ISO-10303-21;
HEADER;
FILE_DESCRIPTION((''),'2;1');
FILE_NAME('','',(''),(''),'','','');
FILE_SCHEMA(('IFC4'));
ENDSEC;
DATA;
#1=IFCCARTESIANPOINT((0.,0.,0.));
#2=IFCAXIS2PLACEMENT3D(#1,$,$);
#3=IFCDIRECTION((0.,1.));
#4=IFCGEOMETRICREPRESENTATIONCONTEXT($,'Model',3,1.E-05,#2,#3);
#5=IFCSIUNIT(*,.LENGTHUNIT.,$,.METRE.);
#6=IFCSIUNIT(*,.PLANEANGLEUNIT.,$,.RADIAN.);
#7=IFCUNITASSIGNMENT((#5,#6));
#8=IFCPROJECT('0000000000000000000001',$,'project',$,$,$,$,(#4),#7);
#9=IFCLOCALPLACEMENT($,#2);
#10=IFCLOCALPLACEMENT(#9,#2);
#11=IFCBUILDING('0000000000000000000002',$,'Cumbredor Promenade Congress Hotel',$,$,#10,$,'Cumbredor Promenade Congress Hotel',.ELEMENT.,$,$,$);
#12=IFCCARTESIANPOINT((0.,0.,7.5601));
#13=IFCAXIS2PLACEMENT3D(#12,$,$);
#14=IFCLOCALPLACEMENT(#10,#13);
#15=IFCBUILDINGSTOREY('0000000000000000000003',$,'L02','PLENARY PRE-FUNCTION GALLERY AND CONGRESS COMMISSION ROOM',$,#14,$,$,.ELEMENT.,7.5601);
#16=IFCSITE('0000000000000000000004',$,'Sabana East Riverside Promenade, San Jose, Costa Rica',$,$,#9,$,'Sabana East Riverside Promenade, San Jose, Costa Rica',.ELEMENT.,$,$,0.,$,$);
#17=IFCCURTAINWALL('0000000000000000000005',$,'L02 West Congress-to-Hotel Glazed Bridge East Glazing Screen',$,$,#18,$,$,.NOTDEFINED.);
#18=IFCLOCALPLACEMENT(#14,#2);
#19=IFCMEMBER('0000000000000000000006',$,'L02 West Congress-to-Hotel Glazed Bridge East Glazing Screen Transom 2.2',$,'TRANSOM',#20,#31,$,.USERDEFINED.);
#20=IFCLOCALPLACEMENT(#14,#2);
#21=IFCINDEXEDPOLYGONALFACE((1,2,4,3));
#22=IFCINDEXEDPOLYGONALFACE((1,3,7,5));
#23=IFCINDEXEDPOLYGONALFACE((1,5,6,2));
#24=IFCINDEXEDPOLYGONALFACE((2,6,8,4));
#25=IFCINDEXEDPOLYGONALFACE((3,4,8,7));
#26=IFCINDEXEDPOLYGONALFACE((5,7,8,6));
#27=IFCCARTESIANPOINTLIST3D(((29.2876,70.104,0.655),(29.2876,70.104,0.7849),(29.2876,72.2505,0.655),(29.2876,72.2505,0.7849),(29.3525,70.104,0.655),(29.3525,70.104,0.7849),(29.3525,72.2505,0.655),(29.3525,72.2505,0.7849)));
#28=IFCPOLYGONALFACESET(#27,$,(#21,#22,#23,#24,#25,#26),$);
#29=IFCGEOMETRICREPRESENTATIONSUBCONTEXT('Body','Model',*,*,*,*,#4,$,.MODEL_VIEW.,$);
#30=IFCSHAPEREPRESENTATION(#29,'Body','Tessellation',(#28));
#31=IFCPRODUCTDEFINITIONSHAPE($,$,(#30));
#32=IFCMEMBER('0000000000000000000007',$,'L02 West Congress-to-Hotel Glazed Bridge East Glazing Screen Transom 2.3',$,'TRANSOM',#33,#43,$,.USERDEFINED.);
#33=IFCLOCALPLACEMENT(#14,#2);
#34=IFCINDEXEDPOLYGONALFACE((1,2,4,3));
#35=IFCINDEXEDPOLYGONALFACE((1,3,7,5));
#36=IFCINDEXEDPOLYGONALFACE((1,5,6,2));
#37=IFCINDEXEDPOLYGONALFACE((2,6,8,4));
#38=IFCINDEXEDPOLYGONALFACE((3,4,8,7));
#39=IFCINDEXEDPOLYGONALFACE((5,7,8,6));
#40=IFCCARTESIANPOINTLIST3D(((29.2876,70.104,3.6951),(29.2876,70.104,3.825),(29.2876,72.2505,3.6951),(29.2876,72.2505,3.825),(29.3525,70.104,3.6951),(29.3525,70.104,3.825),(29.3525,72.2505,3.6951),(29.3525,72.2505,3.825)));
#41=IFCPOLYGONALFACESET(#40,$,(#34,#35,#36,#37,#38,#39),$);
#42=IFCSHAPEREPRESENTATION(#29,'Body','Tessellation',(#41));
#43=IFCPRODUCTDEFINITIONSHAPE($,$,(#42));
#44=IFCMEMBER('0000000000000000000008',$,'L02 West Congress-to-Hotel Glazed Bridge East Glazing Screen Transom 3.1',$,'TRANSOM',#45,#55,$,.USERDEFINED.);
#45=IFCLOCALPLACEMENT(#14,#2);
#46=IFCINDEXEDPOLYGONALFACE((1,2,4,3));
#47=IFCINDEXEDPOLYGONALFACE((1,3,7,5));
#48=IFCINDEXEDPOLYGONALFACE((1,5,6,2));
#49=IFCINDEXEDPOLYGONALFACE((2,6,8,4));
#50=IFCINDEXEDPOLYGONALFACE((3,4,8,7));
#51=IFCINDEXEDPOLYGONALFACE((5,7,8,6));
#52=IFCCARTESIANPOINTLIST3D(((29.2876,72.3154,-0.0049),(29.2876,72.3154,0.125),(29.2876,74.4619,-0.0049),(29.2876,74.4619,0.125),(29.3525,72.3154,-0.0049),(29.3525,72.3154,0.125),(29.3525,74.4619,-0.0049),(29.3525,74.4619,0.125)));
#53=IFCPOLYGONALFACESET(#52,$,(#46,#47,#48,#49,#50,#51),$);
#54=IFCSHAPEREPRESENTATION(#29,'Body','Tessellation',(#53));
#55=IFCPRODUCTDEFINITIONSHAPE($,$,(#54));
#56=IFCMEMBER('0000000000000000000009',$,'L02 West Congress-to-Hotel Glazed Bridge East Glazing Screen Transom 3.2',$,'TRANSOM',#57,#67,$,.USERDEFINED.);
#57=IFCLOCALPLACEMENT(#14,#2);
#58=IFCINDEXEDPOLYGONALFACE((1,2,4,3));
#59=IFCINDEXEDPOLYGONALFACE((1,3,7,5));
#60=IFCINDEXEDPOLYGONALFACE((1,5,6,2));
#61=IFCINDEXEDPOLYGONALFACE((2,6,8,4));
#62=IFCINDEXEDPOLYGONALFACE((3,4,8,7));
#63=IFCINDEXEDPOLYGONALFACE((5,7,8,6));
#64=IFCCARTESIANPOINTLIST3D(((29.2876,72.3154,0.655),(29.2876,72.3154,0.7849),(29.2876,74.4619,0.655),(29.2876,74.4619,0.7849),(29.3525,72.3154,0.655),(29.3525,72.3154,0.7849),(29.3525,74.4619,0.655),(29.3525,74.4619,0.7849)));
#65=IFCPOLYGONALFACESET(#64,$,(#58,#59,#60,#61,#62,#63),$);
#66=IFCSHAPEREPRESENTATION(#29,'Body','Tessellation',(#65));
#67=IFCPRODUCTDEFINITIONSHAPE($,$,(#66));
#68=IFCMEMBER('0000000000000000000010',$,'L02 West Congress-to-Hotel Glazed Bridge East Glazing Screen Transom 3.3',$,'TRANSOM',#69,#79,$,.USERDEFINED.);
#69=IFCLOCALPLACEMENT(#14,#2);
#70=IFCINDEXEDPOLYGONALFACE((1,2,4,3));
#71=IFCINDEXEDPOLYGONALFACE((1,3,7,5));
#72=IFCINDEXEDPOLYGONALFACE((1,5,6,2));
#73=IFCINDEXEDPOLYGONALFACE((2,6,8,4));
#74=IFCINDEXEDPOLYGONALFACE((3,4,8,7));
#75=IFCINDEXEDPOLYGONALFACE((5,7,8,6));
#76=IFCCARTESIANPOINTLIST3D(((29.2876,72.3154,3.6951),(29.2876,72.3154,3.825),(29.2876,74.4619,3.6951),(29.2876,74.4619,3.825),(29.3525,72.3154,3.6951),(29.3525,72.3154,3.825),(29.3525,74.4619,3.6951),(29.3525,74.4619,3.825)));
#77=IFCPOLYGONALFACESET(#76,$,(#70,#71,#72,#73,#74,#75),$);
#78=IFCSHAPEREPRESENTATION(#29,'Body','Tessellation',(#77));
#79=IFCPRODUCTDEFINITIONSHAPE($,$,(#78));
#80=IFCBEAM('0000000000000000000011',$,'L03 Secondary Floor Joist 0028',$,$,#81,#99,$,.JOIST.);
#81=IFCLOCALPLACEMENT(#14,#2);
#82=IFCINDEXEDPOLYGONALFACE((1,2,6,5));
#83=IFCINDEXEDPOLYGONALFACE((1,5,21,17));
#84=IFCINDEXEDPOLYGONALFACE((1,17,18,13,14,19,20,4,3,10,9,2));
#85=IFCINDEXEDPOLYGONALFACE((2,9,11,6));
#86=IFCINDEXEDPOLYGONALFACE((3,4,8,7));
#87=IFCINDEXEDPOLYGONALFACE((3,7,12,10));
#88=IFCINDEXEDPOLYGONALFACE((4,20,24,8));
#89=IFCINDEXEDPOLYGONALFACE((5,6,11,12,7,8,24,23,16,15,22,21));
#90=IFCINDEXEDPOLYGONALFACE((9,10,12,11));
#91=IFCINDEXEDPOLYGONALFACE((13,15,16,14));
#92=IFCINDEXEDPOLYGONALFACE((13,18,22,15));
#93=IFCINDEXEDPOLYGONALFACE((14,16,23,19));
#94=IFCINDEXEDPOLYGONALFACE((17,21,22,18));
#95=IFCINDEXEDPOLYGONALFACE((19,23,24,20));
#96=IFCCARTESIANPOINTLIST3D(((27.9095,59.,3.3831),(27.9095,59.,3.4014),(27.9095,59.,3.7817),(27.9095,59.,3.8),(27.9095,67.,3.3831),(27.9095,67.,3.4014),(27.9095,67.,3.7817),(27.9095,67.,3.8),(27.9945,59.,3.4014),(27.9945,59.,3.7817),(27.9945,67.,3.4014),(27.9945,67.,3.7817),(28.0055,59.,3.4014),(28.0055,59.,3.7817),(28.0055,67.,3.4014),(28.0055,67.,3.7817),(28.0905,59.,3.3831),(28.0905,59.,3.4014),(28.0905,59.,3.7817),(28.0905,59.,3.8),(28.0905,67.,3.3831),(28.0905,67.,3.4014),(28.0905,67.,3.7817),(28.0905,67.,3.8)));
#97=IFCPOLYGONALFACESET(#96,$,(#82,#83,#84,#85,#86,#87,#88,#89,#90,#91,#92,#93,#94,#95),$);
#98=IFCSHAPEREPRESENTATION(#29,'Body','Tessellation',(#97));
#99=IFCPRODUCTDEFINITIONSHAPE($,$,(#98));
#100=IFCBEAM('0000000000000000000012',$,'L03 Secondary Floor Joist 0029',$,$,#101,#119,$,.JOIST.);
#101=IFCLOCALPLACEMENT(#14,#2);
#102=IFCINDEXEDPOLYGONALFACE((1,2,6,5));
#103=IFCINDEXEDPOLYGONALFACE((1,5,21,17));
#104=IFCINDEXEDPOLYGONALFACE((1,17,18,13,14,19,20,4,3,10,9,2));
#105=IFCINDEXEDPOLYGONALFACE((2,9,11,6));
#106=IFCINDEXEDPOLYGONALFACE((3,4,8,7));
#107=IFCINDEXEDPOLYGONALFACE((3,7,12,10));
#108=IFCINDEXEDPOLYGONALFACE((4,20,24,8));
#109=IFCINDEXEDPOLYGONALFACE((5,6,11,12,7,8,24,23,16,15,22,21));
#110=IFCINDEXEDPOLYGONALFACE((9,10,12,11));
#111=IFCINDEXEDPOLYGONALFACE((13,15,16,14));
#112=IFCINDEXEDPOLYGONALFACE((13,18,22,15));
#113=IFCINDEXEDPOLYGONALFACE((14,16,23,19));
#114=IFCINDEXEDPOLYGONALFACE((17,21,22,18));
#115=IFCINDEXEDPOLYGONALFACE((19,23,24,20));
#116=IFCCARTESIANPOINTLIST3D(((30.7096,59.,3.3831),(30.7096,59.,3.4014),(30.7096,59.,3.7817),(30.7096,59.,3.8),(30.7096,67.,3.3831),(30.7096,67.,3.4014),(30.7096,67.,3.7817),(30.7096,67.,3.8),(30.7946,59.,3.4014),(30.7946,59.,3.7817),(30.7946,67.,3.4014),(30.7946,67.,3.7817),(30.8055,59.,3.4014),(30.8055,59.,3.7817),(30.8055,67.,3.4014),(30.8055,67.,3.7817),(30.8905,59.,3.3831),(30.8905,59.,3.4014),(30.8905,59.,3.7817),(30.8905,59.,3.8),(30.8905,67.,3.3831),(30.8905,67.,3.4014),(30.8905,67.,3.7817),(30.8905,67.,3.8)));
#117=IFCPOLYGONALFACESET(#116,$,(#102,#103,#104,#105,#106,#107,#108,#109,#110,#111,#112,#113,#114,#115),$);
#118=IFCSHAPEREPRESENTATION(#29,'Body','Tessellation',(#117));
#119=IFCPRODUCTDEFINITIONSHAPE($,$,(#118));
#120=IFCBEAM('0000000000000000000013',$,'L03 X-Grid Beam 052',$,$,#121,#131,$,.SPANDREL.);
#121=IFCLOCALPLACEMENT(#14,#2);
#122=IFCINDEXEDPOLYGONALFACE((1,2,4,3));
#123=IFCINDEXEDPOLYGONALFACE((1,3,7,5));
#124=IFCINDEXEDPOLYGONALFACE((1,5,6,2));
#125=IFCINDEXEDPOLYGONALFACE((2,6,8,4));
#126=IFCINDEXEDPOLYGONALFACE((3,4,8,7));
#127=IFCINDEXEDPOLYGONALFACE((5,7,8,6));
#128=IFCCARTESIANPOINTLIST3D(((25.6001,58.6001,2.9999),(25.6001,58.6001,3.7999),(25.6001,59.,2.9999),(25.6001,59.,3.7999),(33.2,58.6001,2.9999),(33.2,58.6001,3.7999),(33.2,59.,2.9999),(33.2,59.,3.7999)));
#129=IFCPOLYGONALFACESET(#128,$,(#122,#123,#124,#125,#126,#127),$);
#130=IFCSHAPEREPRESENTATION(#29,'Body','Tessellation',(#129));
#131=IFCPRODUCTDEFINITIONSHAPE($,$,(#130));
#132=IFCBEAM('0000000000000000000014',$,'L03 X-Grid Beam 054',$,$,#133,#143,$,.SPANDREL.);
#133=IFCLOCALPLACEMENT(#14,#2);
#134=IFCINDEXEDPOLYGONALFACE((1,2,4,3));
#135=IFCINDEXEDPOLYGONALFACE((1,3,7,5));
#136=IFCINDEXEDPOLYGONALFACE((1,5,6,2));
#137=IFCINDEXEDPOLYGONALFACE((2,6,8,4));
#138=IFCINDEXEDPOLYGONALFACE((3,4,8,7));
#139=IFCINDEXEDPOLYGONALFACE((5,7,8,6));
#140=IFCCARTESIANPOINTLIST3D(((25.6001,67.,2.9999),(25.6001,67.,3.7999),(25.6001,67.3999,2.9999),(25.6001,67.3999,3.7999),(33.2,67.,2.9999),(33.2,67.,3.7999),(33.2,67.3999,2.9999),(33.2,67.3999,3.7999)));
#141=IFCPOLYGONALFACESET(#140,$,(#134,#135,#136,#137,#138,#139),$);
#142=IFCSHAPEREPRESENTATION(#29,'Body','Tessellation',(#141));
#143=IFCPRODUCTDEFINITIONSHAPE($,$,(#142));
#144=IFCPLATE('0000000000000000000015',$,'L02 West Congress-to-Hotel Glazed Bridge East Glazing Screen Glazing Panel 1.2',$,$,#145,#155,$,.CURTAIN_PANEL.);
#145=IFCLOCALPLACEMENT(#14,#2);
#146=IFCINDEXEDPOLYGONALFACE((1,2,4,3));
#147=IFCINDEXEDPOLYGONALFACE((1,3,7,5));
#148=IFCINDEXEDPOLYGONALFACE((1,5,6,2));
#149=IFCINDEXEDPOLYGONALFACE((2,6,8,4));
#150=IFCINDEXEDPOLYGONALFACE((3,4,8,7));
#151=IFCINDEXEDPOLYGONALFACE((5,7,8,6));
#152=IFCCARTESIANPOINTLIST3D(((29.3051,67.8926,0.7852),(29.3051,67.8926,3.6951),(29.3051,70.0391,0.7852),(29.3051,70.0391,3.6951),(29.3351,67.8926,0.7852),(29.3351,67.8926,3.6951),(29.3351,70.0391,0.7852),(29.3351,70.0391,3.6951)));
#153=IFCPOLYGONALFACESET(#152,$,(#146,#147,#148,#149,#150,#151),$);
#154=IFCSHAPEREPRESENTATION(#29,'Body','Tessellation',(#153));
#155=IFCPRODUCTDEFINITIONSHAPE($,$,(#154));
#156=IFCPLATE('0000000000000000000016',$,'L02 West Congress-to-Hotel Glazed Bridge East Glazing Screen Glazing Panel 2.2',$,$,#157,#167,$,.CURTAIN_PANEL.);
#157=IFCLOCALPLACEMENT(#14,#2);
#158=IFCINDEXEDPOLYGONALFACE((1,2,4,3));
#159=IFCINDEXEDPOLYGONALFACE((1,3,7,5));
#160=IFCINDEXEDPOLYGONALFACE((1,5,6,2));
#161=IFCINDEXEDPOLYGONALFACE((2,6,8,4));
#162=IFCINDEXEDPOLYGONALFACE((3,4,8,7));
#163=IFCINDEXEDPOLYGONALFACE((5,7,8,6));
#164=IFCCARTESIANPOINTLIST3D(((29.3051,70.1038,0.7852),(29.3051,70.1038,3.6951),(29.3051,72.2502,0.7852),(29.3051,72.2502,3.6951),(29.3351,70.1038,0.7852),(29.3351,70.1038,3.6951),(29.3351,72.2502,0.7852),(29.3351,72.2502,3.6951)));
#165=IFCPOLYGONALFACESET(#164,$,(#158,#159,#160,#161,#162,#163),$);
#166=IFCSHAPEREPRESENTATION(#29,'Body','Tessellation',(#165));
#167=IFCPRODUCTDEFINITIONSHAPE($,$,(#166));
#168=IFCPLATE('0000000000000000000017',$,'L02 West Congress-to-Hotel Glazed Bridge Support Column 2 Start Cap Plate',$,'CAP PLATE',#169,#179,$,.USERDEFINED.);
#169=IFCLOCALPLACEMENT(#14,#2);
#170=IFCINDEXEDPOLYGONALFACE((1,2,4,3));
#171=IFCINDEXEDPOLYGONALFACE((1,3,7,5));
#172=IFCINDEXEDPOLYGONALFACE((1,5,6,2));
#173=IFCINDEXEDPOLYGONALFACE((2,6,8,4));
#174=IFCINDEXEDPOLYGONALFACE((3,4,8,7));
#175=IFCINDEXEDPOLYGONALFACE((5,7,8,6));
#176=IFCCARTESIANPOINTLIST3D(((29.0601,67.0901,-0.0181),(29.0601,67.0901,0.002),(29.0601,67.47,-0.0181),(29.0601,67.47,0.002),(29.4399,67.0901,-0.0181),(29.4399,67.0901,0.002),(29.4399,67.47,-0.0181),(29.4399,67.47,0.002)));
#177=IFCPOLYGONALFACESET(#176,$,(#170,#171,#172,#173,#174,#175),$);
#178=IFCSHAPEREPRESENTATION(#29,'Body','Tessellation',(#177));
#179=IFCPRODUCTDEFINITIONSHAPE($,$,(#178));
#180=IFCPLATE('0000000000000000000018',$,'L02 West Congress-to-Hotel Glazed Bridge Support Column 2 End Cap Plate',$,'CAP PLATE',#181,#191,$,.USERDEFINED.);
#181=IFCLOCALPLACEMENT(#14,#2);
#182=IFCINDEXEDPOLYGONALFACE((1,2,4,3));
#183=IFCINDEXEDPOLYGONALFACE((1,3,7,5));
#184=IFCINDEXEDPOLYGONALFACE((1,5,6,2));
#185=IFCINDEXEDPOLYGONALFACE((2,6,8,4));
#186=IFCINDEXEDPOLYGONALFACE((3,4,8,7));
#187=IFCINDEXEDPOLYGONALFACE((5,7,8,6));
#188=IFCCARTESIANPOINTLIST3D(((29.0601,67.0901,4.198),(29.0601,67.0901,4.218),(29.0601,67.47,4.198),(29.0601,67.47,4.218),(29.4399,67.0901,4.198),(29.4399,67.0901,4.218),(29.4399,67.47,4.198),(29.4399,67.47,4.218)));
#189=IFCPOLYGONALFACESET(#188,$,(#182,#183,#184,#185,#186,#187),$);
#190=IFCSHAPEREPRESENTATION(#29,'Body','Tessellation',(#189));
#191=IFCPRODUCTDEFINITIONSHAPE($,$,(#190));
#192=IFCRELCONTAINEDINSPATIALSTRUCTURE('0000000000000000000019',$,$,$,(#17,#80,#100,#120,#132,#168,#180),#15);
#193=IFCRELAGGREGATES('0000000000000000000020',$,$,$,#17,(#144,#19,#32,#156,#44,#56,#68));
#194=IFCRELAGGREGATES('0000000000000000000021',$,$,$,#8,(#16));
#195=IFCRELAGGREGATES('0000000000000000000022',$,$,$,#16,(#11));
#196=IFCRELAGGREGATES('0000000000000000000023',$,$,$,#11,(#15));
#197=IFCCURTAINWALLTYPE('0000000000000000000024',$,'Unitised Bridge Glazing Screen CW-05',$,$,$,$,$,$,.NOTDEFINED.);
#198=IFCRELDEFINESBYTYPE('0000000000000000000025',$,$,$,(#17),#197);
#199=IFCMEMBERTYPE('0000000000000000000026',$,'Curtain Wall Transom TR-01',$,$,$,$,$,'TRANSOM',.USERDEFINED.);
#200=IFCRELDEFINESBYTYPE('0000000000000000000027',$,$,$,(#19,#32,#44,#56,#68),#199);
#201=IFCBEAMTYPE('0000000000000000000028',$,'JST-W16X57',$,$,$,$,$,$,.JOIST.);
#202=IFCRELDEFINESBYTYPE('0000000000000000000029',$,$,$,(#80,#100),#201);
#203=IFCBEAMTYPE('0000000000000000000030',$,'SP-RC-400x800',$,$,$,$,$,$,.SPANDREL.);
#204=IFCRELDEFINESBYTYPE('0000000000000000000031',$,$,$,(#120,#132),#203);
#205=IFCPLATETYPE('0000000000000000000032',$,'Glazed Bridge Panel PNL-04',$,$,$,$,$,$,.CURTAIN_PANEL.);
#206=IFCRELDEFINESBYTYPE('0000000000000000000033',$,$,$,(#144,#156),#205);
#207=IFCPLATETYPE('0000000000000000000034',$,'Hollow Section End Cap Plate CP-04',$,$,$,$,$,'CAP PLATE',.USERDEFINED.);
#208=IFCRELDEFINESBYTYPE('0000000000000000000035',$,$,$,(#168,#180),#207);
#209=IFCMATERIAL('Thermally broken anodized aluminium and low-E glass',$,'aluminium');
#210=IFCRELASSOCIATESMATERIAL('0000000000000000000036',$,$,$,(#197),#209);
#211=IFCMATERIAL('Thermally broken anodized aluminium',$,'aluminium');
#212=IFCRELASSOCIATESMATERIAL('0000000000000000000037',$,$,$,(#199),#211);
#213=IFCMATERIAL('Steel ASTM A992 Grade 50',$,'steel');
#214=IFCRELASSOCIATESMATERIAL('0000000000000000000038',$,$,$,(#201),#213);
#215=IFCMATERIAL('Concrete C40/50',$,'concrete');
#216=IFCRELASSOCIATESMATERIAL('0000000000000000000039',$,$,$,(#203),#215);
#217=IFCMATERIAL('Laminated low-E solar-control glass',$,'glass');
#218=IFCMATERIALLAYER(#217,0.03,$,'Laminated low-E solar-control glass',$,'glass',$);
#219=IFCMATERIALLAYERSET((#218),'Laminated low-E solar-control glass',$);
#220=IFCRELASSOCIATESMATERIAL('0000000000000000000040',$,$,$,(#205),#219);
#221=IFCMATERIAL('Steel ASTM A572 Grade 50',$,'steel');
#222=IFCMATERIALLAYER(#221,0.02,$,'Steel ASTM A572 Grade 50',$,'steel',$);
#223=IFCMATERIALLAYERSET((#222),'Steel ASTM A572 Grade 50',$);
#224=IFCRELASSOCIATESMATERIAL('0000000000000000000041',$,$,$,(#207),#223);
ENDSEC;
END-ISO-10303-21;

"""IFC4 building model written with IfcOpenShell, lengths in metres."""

from ifc_helpers import new_model, si_unit, direction, frame, origin, origin_2d, place, context, subcontext, project, spatial, rectangle, i_section, extrude, material, layer, layer_set, material_profile, profile_set, type_object, element, aggregate, save


model = new_model("IFC4")

# Units and contexts
model_context = context("Model", 3, precision=1e-05, world=origin(), true_north=direction((0.0, 1.0)))
body_context = subcontext(model_context, "Body", "Model", "MODEL_VIEW")
ifc_project = project(units=[si_unit("LENGTHUNIT", "METRE"), si_unit("PLANEANGLEUNIT", "RADIAN")], contexts=[model_context])

# Site, building, storey
site_placement = place(None, origin())
site = spatial("IfcSite", under=ifc_project, at=site_placement, Name="Sabana East Riverside Promenade, San Jose, Costa Rica", LongName="Sabana East Riverside Promenade, San Jose, Costa Rica", CompositionType="ELEMENT", RefElevation=0.0)
building_placement = place(site_placement, origin())
building = spatial("IfcBuilding", under=site, at=building_placement, Name="Cumbredor Promenade Congress Hotel", LongName="Cumbredor Promenade Congress Hotel", CompositionType="ELEMENT")
storey_placement = place(building_placement, frame((0.0, 0.0, 7.5601)))
storey = spatial("IfcBuildingStorey", under=building, at=storey_placement, Name="L02", Description="PLENARY PRE-FUNCTION GALLERY AND CONGRESS COMMISSION ROOM", CompositionType="ELEMENT", Elevation=7.5601)

# Shared definitions
ifc_material_1 = material(Name="Concrete C40/50", Category="concrete")
ifc_material_2 = material(Name="Steel ASTM A992 Grade 50", Category="steel")

# Curtain wall, members
ifc_material_3 = material(Name="Thermally broken anodized aluminium and low-E glass", Category="aluminium")
curtain_wall_type = type_object("IfcCurtainWallType", Name="Unitised Bridge Glazing Screen CW-05", PredefinedType="NOTDEFINED", material=ifc_material_3)
curtain_wall_placement = place(storey_placement, origin())
curtain_wall = element("IfcCurtainWall", 1, at=curtain_wall_placement, inside=storey, type_object=curtain_wall_type, Name="L02 West Congress-to-Hotel Glazed Bridge East Glazing Screen", PredefinedType="NOTDEFINED")
ifc_material_4 = material(Name="Thermally broken anodized aluminium", Category="aluminium")
ifc_material_profile_1 = material_profile(ifc_material_4, rectangle(XDim=0.0649, YDim=0.1299, at=origin_2d()), Name="ALU TRANSOM 65x130")
ifc_profile_set_1 = profile_set([ifc_material_profile_1], Name="Thermally broken anodized aluminium")
member_type_1 = type_object("IfcMemberType", Name="Curtain Wall Transom TR-01", ElementType="TRANSOM", PredefinedType="USERDEFINED", material=ifc_profile_set_1)
member_1_placement = place(storey_placement, frame((29.3201, 70.104, 0.72), z_axis=(0.0, 1.0, 0.0), x_axis=(-1.0, 0.0, 0.0)))
member_1 = element("IfcMember", 2, at=member_1_placement, type_object=member_type_1, Name="L02 West Congress-to-Hotel Glazed Bridge East Glazing Screen Transom 2.2", ObjectType="TRANSOM", PredefinedType="USERDEFINED", context=body_context, shape_type="SweptSolid", body=[
    extrude(rectangle(XDim=0.0649, YDim=0.1299, at=origin_2d()), origin(), (0.0, 0.0, 1.0), 2.1465),
])
member_2_placement = place(storey_placement, frame((29.3201, 70.104, 3.76), z_axis=(0.0, 1.0, 0.0), x_axis=(-1.0, 0.0, 0.0)))
member_2 = element("IfcMember", 3, at=member_2_placement, type_object=member_type_1, Name="L02 West Congress-to-Hotel Glazed Bridge East Glazing Screen Transom 2.3", ObjectType="TRANSOM", PredefinedType="USERDEFINED", context=body_context, shape_type="SweptSolid", body=[
    extrude(rectangle(XDim=0.0649, YDim=0.1299, at=origin_2d()), origin(), (0.0, 0.0, 1.0), 2.1465),
])
member_3_placement = place(storey_placement, frame((29.3201, 72.3154, 0.0601), z_axis=(0.0, 1.0, 0.0), x_axis=(-1.0, 0.0, 0.0)))
member_3 = element("IfcMember", 4, at=member_3_placement, type_object=member_type_1, Name="L02 West Congress-to-Hotel Glazed Bridge East Glazing Screen Transom 3.1", ObjectType="TRANSOM", PredefinedType="USERDEFINED", context=body_context, shape_type="SweptSolid", body=[
    extrude(rectangle(XDim=0.0649, YDim=0.1299, at=origin_2d()), origin(), (0.0, 0.0, 1.0), 2.1465),
])
member_4_placement = place(storey_placement, frame((29.3201, 72.3154, 0.72), z_axis=(0.0, 1.0, 0.0), x_axis=(-1.0, 0.0, 0.0)))
member_4 = element("IfcMember", 5, at=member_4_placement, type_object=member_type_1, Name="L02 West Congress-to-Hotel Glazed Bridge East Glazing Screen Transom 3.2", ObjectType="TRANSOM", PredefinedType="USERDEFINED", context=body_context, shape_type="SweptSolid", body=[
    extrude(rectangle(XDim=0.0649, YDim=0.1299, at=origin_2d()), origin(), (0.0, 0.0, 1.0), 2.1465),
])
member_5_placement = place(storey_placement, frame((29.3201, 72.3154, 3.76), z_axis=(0.0, 1.0, 0.0), x_axis=(-1.0, 0.0, 0.0)))
member_5 = element("IfcMember", 6, at=member_5_placement, type_object=member_type_1, Name="L02 West Congress-to-Hotel Glazed Bridge East Glazing Screen Transom 3.3", ObjectType="TRANSOM", PredefinedType="USERDEFINED", context=body_context, shape_type="SweptSolid", body=[
    extrude(rectangle(XDim=0.0649, YDim=0.1299, at=origin_2d()), origin(), (0.0, 0.0, 1.0), 2.1465),
])

# Beams
ifc_material_profile_2 = material_profile(ifc_material_2, i_section(OverallWidth=0.1809, OverallDepth=0.417, WebThickness=0.011, FlangeThickness=0.0183, at=origin_2d()), Name="W16X57")
ifc_profile_set_2 = profile_set([ifc_material_profile_2], Name="Steel ASTM A992 Grade 50")
beam_type_1 = type_object("IfcBeamType", Name="JST-W16X57", PredefinedType="JOIST", material=ifc_profile_set_2)
for number, where, z_axis, x_axis, name in (
    (7, (28.0, 59.0, 3.5916), (0.0, 1.0, 0.0), (-1.0, 0.0, 0.0), "L03 Secondary Floor Joist 0028"),
    (8, (30.8, 59.0, 3.5916), (0.0, 1.0, 0.0), (-1.0, 0.0, 0.0), "L03 Secondary Floor Joist 0029"),
):
    element("IfcBeam", number, at=place(storey_placement, frame(where, z_axis=z_axis, x_axis=x_axis)), inside=storey, type_object=beam_type_1, Name=name, PredefinedType="JOIST", context=body_context, shape_type="SweptSolid", body=[
        extrude(i_section(OverallWidth=0.1809, OverallDepth=0.417, WebThickness=0.011, FlangeThickness=0.0183, at=origin_2d()), origin(), (0.0, 0.0, 1.0), 8.0),
    ])
ifc_material_profile_3 = material_profile(ifc_material_1, rectangle(XDim=0.3999, YDim=0.8, at=origin_2d()), Name="RC SPANDREL 400x800")
ifc_profile_set_3 = profile_set([ifc_material_profile_3], Name="Concrete C40/50")
beam_type_2 = type_object("IfcBeamType", Name="SP-RC-400x800", PredefinedType="SPANDREL", material=ifc_profile_set_3)
for number, where, z_axis, x_axis, name in (
    (9, (25.6001, 58.8, 3.3999), (1.0, 0.0, 0.0), (0.0, 1.0, 0.0), "L03 X-Grid Beam 052"),
    (10, (25.6001, 67.2, 3.3999), (1.0, 0.0, 0.0), (0.0, 1.0, 0.0), "L03 X-Grid Beam 054"),
):
    element("IfcBeam", number, at=place(storey_placement, frame(where, z_axis=z_axis, x_axis=x_axis)), inside=storey, type_object=beam_type_2, Name=name, PredefinedType="SPANDREL", context=body_context, shape_type="SweptSolid", body=[
        extrude(rectangle(XDim=0.3999, YDim=0.8, at=origin_2d()), origin(), (0.0, 0.0, 1.0), 7.5999),
    ])

# Plates
ifc_material_5 = material(Name="Laminated low-E solar-control glass", Category="glass")
ifc_layer_1 = layer(ifc_material_5, 0.03, Name="Laminated low-E solar-control glass", Category="glass")
ifc_layer_set_1 = layer_set([ifc_layer_1], Name="Laminated low-E solar-control glass")
plate_type_1 = type_object("IfcPlateType", Name="Glazed Bridge Panel PNL-04", PredefinedType="CURTAIN_PANEL", material=ifc_layer_set_1)
plate_1_placement = place(storey_placement, frame((29.3201, 68.9658, 0.7852), z_axis=(0.0, 0.0, 1.0), x_axis=(0.0, 1.0, 0.0)))
plate_1 = element("IfcPlate", 11, at=plate_1_placement, type_object=plate_type_1, Name="L02 West Congress-to-Hotel Glazed Bridge East Glazing Screen Glazing Panel 1.2", PredefinedType="CURTAIN_PANEL", context=body_context, shape_type="SweptSolid", body=[
    extrude(rectangle(XDim=2.1465, YDim=0.03, at=origin_2d()), origin(), (0.0, 0.0, 1.0), 2.9099),
])
plate_2_placement = place(storey_placement, frame((29.3201, 71.177, 0.7852), z_axis=(0.0, 0.0, 1.0), x_axis=(0.0, 1.0, 0.0)))
plate_2 = element("IfcPlate", 12, at=plate_2_placement, type_object=plate_type_1, Name="L02 West Congress-to-Hotel Glazed Bridge East Glazing Screen Glazing Panel 2.2", PredefinedType="CURTAIN_PANEL", context=body_context, shape_type="SweptSolid", body=[
    extrude(rectangle(XDim=2.1465, YDim=0.03, at=origin_2d()), origin(), (0.0, 0.0, 1.0), 2.9099),
])

# Plates
ifc_material_6 = material(Name="Steel ASTM A572 Grade 50", Category="steel")
ifc_layer_2 = layer(ifc_material_6, 0.02, Name="Steel ASTM A572 Grade 50", Category="steel")
ifc_layer_set_2 = layer_set([ifc_layer_2], Name="Steel ASTM A572 Grade 50")
plate_type_2 = type_object("IfcPlateType", Name="Hollow Section End Cap Plate CP-04", ElementType="CAP PLATE", PredefinedType="USERDEFINED", material=ifc_layer_set_2)
for number, where, z_axis, x_axis, name in (
    (13, (29.25, 67.28, -0.0181), (0.0, 0.0, 1.0), (1.0, 0.0, 0.0), "L02 West Congress-to-Hotel Glazed Bridge Support Column 2 Start Cap Plate"),
    (14, (29.25, 67.28, 4.198), (0.0, 0.0, 1.0), (1.0, 0.0, 0.0), "L02 West Congress-to-Hotel Glazed Bridge Support Column 2 End Cap Plate"),
):
    element("IfcPlate", number, at=place(storey_placement, frame(where, z_axis=z_axis, x_axis=x_axis)), inside=storey, type_object=plate_type_2, Name=name, ObjectType="CAP PLATE", PredefinedType="USERDEFINED", context=body_context, shape_type="SweptSolid", body=[
        extrude(rectangle(XDim=0.3799, YDim=0.3799, at=origin_2d()), origin(), (0.0, 0.0, 1.0), 0.02),
    ])

aggregate(curtain_wall, [plate_1, member_1, member_2, plate_2, member_3, member_4, member_5])

save(model, "model.ifc")
